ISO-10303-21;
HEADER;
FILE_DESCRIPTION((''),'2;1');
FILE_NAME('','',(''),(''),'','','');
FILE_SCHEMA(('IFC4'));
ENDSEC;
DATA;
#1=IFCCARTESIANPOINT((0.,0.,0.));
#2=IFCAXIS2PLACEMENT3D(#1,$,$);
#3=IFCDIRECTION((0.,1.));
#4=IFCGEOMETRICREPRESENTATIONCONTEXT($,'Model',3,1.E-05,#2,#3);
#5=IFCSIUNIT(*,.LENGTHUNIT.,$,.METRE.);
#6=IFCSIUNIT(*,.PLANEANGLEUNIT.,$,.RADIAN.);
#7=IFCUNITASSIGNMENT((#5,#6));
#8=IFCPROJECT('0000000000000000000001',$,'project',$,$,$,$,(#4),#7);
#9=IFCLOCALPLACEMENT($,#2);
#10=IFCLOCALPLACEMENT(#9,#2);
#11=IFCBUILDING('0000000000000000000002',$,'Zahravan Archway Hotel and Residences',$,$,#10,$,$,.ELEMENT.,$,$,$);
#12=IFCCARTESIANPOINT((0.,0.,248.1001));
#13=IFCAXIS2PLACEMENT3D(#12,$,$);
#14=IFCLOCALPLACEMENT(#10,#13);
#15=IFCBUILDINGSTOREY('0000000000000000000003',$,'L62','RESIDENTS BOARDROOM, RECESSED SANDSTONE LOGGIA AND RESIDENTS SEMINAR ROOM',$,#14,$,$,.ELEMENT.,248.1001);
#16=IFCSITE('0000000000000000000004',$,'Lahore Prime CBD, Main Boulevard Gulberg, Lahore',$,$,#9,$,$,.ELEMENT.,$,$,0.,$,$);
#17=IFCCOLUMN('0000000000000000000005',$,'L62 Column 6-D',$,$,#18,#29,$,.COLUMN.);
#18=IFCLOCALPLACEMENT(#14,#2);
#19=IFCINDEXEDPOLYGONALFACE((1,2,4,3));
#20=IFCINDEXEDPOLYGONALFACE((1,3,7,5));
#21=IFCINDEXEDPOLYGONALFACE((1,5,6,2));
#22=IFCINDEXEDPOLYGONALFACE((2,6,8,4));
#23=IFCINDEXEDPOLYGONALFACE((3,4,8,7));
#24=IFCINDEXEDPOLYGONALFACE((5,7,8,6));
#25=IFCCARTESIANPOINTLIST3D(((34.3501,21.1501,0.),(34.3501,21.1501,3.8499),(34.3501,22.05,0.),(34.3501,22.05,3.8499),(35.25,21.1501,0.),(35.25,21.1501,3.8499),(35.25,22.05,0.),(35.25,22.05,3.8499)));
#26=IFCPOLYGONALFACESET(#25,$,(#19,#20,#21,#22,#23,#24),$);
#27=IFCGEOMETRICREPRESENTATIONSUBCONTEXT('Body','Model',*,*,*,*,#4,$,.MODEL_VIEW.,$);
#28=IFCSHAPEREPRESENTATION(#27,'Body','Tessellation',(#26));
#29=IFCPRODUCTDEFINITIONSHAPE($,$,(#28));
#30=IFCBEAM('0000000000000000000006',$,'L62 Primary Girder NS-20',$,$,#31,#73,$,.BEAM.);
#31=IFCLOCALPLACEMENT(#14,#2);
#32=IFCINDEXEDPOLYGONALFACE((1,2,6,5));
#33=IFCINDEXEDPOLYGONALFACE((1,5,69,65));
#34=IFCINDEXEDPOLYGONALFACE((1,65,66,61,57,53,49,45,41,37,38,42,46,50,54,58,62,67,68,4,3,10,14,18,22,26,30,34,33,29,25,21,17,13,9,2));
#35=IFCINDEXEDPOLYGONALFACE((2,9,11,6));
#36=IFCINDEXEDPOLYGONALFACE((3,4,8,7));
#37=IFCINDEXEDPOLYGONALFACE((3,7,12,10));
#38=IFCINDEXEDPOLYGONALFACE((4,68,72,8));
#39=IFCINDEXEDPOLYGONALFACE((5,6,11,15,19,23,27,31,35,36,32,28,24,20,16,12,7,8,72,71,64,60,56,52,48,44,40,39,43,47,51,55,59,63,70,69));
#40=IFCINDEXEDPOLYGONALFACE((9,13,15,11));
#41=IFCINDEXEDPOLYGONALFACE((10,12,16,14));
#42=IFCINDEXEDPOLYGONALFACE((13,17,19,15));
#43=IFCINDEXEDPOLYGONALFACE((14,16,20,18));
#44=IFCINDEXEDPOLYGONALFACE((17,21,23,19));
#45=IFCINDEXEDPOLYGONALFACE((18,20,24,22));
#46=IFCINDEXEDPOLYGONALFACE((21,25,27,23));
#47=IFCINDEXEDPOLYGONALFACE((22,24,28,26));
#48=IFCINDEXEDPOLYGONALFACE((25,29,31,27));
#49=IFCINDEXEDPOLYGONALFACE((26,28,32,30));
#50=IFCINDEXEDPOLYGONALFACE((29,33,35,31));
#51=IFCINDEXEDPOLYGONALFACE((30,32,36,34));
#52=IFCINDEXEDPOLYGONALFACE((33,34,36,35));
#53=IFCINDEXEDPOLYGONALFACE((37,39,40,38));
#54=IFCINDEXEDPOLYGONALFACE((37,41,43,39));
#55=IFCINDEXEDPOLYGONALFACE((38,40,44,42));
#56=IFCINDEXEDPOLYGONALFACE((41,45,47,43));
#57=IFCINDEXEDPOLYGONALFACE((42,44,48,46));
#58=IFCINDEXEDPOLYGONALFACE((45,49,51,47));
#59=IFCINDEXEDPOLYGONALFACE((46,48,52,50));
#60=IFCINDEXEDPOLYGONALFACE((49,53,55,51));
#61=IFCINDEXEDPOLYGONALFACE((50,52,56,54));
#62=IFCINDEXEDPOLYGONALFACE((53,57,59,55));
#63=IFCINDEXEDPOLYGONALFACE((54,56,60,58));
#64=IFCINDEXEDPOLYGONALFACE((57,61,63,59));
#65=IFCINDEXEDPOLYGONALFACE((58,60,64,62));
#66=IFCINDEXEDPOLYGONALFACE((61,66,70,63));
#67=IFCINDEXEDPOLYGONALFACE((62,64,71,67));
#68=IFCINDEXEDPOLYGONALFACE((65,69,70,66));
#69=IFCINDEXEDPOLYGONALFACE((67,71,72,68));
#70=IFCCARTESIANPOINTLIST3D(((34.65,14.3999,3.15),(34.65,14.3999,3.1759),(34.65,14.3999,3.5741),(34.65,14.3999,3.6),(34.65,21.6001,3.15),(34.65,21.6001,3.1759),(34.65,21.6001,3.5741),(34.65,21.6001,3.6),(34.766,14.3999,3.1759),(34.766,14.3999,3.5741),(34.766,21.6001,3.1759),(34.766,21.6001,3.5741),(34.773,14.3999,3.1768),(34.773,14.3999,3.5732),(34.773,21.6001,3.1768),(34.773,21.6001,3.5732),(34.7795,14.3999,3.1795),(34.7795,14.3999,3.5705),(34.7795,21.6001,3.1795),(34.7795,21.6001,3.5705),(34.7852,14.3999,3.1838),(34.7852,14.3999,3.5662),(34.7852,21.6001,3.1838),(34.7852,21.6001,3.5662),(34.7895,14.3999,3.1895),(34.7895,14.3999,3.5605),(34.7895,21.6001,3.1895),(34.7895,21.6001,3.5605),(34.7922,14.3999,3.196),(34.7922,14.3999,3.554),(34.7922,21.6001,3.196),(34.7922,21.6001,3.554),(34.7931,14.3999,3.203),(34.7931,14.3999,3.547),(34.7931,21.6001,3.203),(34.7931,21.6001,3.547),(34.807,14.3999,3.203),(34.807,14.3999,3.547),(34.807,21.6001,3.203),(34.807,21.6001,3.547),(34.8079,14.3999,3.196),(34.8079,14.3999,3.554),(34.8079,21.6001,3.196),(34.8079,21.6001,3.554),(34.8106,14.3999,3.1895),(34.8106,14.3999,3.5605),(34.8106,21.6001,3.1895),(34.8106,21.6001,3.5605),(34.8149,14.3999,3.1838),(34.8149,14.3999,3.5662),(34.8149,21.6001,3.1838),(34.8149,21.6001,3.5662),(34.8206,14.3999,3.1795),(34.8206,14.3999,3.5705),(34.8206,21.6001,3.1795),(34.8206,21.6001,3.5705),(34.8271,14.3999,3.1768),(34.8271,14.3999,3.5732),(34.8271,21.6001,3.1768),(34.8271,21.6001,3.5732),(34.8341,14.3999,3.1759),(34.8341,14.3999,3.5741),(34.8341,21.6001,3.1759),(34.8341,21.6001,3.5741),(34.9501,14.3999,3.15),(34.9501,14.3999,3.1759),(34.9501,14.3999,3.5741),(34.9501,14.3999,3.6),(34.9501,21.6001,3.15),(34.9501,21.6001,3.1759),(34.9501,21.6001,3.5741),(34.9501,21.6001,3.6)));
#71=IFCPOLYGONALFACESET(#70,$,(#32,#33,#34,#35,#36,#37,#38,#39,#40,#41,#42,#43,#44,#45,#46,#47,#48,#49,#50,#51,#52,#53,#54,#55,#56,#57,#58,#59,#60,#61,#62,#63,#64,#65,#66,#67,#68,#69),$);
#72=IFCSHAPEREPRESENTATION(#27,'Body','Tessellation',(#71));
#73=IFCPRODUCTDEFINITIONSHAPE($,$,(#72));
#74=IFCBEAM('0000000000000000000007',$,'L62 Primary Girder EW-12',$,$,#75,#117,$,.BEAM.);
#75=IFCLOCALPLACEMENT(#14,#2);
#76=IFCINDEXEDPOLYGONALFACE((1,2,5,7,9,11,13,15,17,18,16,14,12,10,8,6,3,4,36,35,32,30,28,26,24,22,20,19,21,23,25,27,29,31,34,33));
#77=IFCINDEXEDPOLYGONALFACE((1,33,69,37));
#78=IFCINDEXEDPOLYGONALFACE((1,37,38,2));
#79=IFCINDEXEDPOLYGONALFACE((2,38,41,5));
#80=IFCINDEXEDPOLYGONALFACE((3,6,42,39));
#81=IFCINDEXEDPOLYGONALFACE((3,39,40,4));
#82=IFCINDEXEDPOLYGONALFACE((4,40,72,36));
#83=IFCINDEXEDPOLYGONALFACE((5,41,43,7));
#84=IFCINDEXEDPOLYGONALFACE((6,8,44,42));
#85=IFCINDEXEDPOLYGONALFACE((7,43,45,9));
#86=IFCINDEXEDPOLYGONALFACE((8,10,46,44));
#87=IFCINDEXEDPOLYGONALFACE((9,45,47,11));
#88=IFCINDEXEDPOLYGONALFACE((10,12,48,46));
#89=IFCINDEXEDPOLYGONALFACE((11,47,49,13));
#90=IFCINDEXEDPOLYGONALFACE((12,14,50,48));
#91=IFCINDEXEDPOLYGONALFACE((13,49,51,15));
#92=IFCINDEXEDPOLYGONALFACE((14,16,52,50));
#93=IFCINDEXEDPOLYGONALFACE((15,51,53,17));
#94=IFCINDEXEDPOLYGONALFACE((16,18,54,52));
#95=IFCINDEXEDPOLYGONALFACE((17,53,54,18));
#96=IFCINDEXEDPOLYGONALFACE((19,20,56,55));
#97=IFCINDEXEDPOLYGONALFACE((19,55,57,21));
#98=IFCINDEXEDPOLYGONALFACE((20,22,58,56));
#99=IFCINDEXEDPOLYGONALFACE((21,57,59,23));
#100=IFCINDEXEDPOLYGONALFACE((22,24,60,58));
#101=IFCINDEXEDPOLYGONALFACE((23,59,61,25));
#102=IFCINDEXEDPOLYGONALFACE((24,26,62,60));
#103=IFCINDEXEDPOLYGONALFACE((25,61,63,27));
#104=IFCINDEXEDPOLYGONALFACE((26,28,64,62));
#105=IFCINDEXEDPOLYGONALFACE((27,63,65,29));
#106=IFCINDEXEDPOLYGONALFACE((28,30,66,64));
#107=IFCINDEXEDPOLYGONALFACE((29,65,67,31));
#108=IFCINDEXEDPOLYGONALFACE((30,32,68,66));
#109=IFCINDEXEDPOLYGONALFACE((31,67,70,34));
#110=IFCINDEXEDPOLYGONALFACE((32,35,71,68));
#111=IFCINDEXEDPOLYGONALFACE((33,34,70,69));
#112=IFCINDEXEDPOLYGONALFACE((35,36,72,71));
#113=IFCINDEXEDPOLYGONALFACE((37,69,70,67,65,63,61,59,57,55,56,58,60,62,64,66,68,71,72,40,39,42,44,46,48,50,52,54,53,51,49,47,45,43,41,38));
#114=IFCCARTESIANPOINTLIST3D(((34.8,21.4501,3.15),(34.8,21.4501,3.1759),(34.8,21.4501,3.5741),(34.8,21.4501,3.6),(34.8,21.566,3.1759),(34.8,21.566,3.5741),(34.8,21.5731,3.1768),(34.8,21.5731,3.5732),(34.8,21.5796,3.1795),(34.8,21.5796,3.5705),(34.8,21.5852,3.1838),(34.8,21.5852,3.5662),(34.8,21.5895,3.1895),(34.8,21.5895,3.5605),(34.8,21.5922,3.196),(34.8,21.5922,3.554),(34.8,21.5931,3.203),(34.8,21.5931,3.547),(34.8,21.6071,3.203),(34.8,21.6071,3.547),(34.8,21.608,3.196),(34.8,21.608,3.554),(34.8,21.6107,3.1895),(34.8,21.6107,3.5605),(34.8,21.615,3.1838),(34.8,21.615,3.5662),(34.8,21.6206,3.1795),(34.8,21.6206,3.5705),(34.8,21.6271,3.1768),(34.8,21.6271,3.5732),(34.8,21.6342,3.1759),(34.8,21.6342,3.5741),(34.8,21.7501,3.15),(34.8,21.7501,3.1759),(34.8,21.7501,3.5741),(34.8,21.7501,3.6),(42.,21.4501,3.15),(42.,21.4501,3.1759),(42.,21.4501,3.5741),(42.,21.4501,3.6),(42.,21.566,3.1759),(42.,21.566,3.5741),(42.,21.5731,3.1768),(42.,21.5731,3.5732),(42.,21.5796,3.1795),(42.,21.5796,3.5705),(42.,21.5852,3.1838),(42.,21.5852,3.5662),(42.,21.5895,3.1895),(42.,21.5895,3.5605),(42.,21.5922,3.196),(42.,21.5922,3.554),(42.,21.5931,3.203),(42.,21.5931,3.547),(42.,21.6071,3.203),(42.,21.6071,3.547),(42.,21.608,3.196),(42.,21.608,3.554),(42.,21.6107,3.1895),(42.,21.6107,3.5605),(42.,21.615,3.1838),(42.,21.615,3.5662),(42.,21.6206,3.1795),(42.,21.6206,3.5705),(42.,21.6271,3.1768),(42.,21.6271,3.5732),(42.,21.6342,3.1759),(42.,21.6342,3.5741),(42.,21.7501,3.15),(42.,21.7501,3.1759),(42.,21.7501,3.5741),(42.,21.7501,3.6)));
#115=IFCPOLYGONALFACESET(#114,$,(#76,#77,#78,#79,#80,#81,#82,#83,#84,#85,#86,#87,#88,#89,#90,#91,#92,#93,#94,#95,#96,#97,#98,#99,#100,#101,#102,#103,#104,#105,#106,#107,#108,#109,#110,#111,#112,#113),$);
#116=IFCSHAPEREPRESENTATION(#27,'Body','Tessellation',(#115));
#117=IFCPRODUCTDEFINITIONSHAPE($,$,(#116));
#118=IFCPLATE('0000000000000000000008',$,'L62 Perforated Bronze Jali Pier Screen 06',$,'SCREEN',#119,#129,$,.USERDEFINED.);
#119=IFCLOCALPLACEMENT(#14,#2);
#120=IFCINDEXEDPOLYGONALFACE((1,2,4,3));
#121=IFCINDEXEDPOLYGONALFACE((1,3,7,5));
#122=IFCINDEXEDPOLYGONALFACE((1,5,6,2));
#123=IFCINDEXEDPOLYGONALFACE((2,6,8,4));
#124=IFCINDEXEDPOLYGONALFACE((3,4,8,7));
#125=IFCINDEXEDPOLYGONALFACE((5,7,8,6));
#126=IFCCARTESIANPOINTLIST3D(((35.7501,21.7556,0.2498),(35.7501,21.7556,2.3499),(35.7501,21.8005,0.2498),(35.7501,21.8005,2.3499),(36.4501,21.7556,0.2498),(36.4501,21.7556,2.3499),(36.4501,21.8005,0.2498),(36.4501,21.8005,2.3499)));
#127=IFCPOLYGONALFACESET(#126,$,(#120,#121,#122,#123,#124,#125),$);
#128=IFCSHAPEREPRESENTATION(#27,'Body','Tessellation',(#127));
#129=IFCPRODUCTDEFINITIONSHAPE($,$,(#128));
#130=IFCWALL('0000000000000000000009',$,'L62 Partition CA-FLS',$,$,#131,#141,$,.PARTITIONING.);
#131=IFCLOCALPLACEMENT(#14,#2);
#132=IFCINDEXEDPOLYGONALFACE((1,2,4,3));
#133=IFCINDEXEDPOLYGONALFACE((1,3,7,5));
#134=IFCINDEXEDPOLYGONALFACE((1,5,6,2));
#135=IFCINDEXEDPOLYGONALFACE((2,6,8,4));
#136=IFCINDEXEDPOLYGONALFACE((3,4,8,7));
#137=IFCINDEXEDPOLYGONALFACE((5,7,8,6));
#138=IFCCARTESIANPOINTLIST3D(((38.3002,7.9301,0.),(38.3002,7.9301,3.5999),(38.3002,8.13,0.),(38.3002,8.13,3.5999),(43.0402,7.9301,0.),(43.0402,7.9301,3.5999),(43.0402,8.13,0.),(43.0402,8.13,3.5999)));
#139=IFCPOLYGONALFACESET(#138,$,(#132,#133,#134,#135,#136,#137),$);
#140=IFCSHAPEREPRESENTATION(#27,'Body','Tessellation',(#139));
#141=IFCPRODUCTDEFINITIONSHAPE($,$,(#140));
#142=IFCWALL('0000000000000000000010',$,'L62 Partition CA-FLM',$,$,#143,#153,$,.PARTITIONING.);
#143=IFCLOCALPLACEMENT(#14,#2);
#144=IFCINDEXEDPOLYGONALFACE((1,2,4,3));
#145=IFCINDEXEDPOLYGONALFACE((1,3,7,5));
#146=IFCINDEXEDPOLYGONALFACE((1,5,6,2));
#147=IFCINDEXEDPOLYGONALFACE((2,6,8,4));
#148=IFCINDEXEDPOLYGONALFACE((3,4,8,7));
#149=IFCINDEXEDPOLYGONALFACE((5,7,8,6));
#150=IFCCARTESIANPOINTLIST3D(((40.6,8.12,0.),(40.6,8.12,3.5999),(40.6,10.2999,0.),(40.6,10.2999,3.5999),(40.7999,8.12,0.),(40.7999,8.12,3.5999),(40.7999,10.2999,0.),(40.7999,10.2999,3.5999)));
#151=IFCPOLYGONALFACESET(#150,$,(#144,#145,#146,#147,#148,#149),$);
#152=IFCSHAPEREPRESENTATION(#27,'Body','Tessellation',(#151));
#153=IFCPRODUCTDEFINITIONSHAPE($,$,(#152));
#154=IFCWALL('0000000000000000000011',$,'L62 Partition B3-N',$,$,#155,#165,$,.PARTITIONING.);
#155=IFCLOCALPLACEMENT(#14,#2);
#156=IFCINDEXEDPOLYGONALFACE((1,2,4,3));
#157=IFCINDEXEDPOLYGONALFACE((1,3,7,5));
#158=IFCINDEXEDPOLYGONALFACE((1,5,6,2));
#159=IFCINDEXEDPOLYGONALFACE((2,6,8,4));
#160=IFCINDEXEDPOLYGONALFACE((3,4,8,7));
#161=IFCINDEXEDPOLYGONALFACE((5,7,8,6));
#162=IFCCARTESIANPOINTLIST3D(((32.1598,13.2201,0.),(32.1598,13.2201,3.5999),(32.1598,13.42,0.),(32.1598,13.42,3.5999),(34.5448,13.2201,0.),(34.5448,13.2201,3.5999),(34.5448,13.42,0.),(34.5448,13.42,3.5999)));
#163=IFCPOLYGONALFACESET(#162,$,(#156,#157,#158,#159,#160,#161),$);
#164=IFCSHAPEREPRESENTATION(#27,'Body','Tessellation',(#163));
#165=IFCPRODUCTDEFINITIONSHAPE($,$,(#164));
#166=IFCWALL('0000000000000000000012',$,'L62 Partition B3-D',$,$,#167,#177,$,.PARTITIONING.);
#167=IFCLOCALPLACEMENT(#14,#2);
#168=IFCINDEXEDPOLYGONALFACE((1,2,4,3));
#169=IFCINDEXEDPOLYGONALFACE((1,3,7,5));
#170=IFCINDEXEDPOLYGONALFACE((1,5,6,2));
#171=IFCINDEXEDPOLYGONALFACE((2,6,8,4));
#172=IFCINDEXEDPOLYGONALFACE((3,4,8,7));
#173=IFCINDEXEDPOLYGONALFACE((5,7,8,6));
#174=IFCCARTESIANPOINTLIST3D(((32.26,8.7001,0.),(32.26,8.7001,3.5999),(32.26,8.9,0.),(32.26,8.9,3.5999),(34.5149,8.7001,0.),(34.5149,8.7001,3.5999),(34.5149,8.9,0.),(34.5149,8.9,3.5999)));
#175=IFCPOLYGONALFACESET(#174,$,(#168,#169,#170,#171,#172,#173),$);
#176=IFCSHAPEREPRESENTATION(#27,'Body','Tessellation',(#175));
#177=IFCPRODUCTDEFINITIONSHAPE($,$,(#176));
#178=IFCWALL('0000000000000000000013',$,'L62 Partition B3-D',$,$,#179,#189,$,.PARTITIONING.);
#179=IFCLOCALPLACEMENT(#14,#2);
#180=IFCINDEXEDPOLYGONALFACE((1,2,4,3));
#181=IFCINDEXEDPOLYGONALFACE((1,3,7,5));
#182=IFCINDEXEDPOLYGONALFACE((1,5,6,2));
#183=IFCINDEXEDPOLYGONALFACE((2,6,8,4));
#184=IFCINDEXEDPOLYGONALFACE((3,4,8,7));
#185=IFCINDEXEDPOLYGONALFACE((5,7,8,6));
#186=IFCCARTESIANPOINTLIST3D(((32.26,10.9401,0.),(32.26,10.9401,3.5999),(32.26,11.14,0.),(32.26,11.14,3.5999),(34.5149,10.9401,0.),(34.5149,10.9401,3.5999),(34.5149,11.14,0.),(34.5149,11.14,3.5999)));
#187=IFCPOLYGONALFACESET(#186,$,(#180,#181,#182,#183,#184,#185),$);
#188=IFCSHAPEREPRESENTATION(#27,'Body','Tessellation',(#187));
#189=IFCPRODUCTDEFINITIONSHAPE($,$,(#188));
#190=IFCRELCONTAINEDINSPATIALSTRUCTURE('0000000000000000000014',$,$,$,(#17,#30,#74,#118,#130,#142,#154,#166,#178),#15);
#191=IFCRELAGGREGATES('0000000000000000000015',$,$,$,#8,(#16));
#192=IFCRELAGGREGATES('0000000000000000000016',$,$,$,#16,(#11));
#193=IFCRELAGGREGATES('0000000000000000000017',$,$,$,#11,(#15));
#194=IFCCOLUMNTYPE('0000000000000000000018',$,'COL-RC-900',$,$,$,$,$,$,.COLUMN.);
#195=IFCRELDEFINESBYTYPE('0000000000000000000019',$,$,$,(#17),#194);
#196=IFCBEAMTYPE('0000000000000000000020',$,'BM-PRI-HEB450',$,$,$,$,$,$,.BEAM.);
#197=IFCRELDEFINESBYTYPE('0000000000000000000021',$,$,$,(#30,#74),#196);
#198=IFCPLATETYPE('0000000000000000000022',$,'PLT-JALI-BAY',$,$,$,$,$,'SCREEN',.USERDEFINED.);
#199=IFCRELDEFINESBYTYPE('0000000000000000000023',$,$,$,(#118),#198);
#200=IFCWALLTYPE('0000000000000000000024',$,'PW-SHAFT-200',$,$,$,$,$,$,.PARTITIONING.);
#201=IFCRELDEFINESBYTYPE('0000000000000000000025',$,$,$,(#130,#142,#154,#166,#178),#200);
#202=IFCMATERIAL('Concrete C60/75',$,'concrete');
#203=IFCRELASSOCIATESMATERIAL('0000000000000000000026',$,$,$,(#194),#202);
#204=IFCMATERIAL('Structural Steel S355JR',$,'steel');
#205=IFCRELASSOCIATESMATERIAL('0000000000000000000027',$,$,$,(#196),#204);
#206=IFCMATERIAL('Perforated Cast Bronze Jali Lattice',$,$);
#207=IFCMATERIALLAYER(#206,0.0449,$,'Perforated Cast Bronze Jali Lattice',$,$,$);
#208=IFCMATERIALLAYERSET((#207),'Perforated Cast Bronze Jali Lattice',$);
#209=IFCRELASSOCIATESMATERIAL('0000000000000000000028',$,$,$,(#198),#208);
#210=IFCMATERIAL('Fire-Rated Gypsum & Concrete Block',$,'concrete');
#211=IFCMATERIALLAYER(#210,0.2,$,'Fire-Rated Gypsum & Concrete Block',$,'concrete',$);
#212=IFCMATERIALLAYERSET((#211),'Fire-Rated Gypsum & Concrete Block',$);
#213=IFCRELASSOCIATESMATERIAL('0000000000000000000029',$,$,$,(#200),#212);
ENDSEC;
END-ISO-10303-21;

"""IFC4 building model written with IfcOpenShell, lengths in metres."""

from ifc_helpers import new_model, si_unit, direction, frame, frame_2d, origin, origin_2d, place, context, subcontext, project, spatial, rectangle, i_section, extrude, source, transform, mapped, material, layer, layer_set, material_profile, profile_set, type_object, type_shapes, element, save


model = new_model("IFC4")

# Units and contexts
model_context = context("Model", 3, precision=1e-05, world=origin(), true_north=direction((0.0, 1.0)))
body_context = subcontext(model_context, "Body", "Model", "MODEL_VIEW")
ifc_project = project(units=[si_unit("LENGTHUNIT", "METRE"), si_unit("PLANEANGLEUNIT", "RADIAN")], contexts=[model_context])

# Site, building, storey
site_placement = place(None, origin())
site = spatial("IfcSite", under=ifc_project, at=site_placement, Name="Lahore Prime CBD, Main Boulevard Gulberg, Lahore", CompositionType="ELEMENT", RefElevation=0.0)
building_placement = place(site_placement, origin())
building = spatial("IfcBuilding", under=site, at=building_placement, Name="Zahravan Archway Hotel and Residences", CompositionType="ELEMENT")
storey_placement = place(building_placement, frame((0.0, 0.0, 248.1001)))
storey = spatial("IfcBuildingStorey", under=building, at=storey_placement, Name="L62", Description="RESIDENTS BOARDROOM, RECESSED SANDSTONE LOGGIA AND RESIDENTS SEMINAR ROOM", CompositionType="ELEMENT", Elevation=248.1001)

# Column
ifc_material_1 = material(Name="Concrete C60/75", Category="concrete")
ifc_material_profile_1 = material_profile(ifc_material_1, rectangle(XDim=0.8999, YDim=0.8999, at=origin_2d()), Name="RC-COL-900x900", Category="concrete")
ifc_profile_set_1 = profile_set([ifc_material_profile_1], Name="Concrete C60/75")
column_type = type_object("IfcColumnType", Name="COL-RC-900", PredefinedType="COLUMN", material=ifc_profile_set_1)
shared_shape_1 = source(origin(), body_context, "Body", "SweptSolid", [
    extrude(rectangle(XDim=0.8999, YDim=0.8999, at=origin_2d()), origin(), (0.0, 0.0, 1.0), 3.8499),
])
column_placement = place(storey_placement, frame((34.8, 21.6001, 0.0), z_axis=(0.0, 0.0, 1.0), x_axis=(1.0, 0.0, 0.0)))
element("IfcColumn", 1, at=column_placement, inside=storey, type_object=column_type, Name="L62 Column 6-D", PredefinedType="COLUMN", context=body_context, shape_type="MappedRepresentation", body=[
    mapped(shared_shape_1, transform((0.0, 0.0, 0.0), scale=1.0)),
])

# Beams
ifc_material_2 = material(Name="Structural Steel S355JR", Category="steel")
ifc_material_profile_2 = material_profile(ifc_material_2, i_section(OverallWidth=0.3, OverallDepth=0.45, WebThickness=0.0139, FlangeThickness=0.0259, FilletRadius=0.0271, at=origin_2d()), Name="HEB 450", Category="steel")
ifc_profile_set_2 = profile_set([ifc_material_profile_2], Name="Structural Steel S355JR")
beam_type = type_object("IfcBeamType", Name="BM-PRI-HEB450", PredefinedType="BEAM", material=ifc_profile_set_2)
shared_shape_2 = source(origin(), body_context, "Body", "SweptSolid", [
    extrude(i_section(OverallWidth=0.3, OverallDepth=0.45, WebThickness=0.0139, FlangeThickness=0.0259, FilletRadius=0.0271, at=origin_2d()), origin(), (0.0, 0.0, 1.0), 7.2002),
])
type_shapes(beam_type, [shared_shape_2])
beam_1_placement = place(storey_placement, frame((34.8, 14.3999, 3.375), z_axis=(0.0, 1.0, 0.0), x_axis=(-1.0, 0.0, 0.0)))
element("IfcBeam", 2, at=beam_1_placement, inside=storey, type_object=beam_type, Name="L62 Primary Girder NS-20", PredefinedType="BEAM", context=body_context, shape_type="MappedRepresentation", body=[
    mapped(shared_shape_2, transform((0.0, 0.0, 0.0), scale=1.0)),
])
shared_shape_3 = source(origin(), body_context, "Body", "SweptSolid", [
    extrude(i_section(OverallWidth=0.3, OverallDepth=0.45, WebThickness=0.0139, FlangeThickness=0.0259, FilletRadius=0.0271, at=origin_2d()), origin(), (0.0, 0.0, 1.0), 7.2),
])
beam_2_placement = place(storey_placement, frame((34.8, 21.6001, 3.375), z_axis=(1.0, 0.0, 0.0), x_axis=(0.0, 1.0, 0.0)))
element("IfcBeam", 3, at=beam_2_placement, inside=storey, type_object=beam_type, Name="L62 Primary Girder EW-12", PredefinedType="BEAM", context=body_context, shape_type="MappedRepresentation", body=[
    mapped(shared_shape_3, transform((0.0, 0.0, 0.0), scale=1.0)),
])

# Plate
ifc_material_3 = material(Name="Perforated Cast Bronze Jali Lattice")
ifc_layer_1 = layer(ifc_material_3, 0.0449, Name="Perforated Cast Bronze Jali Lattice")
ifc_layer_set_1 = layer_set([ifc_layer_1], Name="Perforated Cast Bronze Jali Lattice")
plate_type = type_object("IfcPlateType", Name="PLT-JALI-BAY", ElementType="SCREEN", PredefinedType="USERDEFINED", material=ifc_layer_set_1)
shared_shape_4 = source(origin(), body_context, "Body", "SweptSolid", [
    extrude(rectangle(XDim=0.7, YDim=0.0449, at=origin_2d()), origin(), (0.0, 0.0, 1.0), 2.1001),
])
type_shapes(plate_type, [shared_shape_4])
plate_placement = place(storey_placement, frame((36.1001, 21.7781, 0.2498), z_axis=(0.0, 0.0, 1.0), x_axis=(1.0, 0.0, 0.0)))
element("IfcPlate", 4, at=plate_placement, inside=storey, type_object=plate_type, Name="L62 Perforated Bronze Jali Pier Screen 06", ObjectType="SCREEN", PredefinedType="USERDEFINED", context=body_context, shape_type="MappedRepresentation", body=[
    mapped(shared_shape_4, transform((0.0, 0.0, 0.0), scale=1.0)),
])

# Shared definitions
ifc_material_4 = material(Name="Fire-Rated Gypsum & Concrete Block", Category="concrete")

# Walls
ifc_layer_2 = layer(ifc_material_4, 0.2, Name="Fire-Rated Gypsum & Concrete Block", Category="concrete")
ifc_layer_set_2 = layer_set([ifc_layer_2], Name="Fire-Rated Gypsum & Concrete Block")
wall_type_1 = type_object("IfcWallType", Name="PW-SHAFT-200", PredefinedType="PARTITIONING", material=ifc_layer_set_2)
wall_1_placement = place(storey_placement, frame((38.3, 8.03, 0.0), z_axis=(0.0, 0.0, 1.0), x_axis=(1.0, 0.0, 0.0)))
element("IfcWall", 5, at=wall_1_placement, inside=storey, type_object=wall_type_1, Name="L62 Partition CA-FLS", PredefinedType="PARTITIONING", context=body_context, shape_type="SweptSolid", body=[
    extrude(rectangle(XDim=4.74, YDim=0.2, at=frame_2d((2.3701, 0.0))), origin(), (0.0, 0.0, 1.0), 3.5999),
])
wall_2_placement = place(storey_placement, frame((40.7, 8.1201, 0.0), z_axis=(0.0, 0.0, 1.0), x_axis=(0.0, 1.0, 0.0)))
element("IfcWall", 6, at=wall_2_placement, inside=storey, type_object=wall_type_1, Name="L62 Partition CA-FLM", PredefinedType="PARTITIONING", context=body_context, shape_type="SweptSolid", body=[
    extrude(rectangle(XDim=2.1799, YDim=0.2, at=frame_2d((1.0898, 0.0))), origin(), (0.0, 0.0, 1.0), 3.5999),
])
wall_3_placement = place(storey_placement, frame((32.1599, 13.3201, 0.0), z_axis=(0.0, 0.0, 1.0), x_axis=(1.0, 0.0, 0.0)))
element("IfcWall", 7, at=wall_3_placement, inside=storey, type_object=wall_type_1, Name="L62 Partition B3-N", PredefinedType="PARTITIONING", context=body_context, shape_type="SweptSolid", body=[
    extrude(rectangle(XDim=2.385, YDim=0.2, at=frame_2d((1.1924, 0.0))), origin(), (0.0, 0.0, 1.0), 3.5999),
])
for number, where, z_axis, x_axis, name in (
    (8, (32.26, 8.8, 0.0), (0.0, 0.0, 1.0), (1.0, 0.0, 0.0), "L62 Partition B3-D"),
    (9, (32.26, 11.04, 0.0), (0.0, 0.0, 1.0), (1.0, 0.0, 0.0), "L62 Partition B3-D"),
):
    element("IfcWall", number, at=place(storey_placement, frame(where, z_axis=z_axis, x_axis=x_axis)), inside=storey, type_object=wall_type_1, Name=name, PredefinedType="PARTITIONING", context=body_context, shape_type="SweptSolid", body=[
        extrude(rectangle(XDim=2.2549, YDim=0.2, at=frame_2d((1.1274, 0.0))), origin(), (0.0, 0.0, 1.0), 3.5999),
    ])

save(model, "model.ifc")
